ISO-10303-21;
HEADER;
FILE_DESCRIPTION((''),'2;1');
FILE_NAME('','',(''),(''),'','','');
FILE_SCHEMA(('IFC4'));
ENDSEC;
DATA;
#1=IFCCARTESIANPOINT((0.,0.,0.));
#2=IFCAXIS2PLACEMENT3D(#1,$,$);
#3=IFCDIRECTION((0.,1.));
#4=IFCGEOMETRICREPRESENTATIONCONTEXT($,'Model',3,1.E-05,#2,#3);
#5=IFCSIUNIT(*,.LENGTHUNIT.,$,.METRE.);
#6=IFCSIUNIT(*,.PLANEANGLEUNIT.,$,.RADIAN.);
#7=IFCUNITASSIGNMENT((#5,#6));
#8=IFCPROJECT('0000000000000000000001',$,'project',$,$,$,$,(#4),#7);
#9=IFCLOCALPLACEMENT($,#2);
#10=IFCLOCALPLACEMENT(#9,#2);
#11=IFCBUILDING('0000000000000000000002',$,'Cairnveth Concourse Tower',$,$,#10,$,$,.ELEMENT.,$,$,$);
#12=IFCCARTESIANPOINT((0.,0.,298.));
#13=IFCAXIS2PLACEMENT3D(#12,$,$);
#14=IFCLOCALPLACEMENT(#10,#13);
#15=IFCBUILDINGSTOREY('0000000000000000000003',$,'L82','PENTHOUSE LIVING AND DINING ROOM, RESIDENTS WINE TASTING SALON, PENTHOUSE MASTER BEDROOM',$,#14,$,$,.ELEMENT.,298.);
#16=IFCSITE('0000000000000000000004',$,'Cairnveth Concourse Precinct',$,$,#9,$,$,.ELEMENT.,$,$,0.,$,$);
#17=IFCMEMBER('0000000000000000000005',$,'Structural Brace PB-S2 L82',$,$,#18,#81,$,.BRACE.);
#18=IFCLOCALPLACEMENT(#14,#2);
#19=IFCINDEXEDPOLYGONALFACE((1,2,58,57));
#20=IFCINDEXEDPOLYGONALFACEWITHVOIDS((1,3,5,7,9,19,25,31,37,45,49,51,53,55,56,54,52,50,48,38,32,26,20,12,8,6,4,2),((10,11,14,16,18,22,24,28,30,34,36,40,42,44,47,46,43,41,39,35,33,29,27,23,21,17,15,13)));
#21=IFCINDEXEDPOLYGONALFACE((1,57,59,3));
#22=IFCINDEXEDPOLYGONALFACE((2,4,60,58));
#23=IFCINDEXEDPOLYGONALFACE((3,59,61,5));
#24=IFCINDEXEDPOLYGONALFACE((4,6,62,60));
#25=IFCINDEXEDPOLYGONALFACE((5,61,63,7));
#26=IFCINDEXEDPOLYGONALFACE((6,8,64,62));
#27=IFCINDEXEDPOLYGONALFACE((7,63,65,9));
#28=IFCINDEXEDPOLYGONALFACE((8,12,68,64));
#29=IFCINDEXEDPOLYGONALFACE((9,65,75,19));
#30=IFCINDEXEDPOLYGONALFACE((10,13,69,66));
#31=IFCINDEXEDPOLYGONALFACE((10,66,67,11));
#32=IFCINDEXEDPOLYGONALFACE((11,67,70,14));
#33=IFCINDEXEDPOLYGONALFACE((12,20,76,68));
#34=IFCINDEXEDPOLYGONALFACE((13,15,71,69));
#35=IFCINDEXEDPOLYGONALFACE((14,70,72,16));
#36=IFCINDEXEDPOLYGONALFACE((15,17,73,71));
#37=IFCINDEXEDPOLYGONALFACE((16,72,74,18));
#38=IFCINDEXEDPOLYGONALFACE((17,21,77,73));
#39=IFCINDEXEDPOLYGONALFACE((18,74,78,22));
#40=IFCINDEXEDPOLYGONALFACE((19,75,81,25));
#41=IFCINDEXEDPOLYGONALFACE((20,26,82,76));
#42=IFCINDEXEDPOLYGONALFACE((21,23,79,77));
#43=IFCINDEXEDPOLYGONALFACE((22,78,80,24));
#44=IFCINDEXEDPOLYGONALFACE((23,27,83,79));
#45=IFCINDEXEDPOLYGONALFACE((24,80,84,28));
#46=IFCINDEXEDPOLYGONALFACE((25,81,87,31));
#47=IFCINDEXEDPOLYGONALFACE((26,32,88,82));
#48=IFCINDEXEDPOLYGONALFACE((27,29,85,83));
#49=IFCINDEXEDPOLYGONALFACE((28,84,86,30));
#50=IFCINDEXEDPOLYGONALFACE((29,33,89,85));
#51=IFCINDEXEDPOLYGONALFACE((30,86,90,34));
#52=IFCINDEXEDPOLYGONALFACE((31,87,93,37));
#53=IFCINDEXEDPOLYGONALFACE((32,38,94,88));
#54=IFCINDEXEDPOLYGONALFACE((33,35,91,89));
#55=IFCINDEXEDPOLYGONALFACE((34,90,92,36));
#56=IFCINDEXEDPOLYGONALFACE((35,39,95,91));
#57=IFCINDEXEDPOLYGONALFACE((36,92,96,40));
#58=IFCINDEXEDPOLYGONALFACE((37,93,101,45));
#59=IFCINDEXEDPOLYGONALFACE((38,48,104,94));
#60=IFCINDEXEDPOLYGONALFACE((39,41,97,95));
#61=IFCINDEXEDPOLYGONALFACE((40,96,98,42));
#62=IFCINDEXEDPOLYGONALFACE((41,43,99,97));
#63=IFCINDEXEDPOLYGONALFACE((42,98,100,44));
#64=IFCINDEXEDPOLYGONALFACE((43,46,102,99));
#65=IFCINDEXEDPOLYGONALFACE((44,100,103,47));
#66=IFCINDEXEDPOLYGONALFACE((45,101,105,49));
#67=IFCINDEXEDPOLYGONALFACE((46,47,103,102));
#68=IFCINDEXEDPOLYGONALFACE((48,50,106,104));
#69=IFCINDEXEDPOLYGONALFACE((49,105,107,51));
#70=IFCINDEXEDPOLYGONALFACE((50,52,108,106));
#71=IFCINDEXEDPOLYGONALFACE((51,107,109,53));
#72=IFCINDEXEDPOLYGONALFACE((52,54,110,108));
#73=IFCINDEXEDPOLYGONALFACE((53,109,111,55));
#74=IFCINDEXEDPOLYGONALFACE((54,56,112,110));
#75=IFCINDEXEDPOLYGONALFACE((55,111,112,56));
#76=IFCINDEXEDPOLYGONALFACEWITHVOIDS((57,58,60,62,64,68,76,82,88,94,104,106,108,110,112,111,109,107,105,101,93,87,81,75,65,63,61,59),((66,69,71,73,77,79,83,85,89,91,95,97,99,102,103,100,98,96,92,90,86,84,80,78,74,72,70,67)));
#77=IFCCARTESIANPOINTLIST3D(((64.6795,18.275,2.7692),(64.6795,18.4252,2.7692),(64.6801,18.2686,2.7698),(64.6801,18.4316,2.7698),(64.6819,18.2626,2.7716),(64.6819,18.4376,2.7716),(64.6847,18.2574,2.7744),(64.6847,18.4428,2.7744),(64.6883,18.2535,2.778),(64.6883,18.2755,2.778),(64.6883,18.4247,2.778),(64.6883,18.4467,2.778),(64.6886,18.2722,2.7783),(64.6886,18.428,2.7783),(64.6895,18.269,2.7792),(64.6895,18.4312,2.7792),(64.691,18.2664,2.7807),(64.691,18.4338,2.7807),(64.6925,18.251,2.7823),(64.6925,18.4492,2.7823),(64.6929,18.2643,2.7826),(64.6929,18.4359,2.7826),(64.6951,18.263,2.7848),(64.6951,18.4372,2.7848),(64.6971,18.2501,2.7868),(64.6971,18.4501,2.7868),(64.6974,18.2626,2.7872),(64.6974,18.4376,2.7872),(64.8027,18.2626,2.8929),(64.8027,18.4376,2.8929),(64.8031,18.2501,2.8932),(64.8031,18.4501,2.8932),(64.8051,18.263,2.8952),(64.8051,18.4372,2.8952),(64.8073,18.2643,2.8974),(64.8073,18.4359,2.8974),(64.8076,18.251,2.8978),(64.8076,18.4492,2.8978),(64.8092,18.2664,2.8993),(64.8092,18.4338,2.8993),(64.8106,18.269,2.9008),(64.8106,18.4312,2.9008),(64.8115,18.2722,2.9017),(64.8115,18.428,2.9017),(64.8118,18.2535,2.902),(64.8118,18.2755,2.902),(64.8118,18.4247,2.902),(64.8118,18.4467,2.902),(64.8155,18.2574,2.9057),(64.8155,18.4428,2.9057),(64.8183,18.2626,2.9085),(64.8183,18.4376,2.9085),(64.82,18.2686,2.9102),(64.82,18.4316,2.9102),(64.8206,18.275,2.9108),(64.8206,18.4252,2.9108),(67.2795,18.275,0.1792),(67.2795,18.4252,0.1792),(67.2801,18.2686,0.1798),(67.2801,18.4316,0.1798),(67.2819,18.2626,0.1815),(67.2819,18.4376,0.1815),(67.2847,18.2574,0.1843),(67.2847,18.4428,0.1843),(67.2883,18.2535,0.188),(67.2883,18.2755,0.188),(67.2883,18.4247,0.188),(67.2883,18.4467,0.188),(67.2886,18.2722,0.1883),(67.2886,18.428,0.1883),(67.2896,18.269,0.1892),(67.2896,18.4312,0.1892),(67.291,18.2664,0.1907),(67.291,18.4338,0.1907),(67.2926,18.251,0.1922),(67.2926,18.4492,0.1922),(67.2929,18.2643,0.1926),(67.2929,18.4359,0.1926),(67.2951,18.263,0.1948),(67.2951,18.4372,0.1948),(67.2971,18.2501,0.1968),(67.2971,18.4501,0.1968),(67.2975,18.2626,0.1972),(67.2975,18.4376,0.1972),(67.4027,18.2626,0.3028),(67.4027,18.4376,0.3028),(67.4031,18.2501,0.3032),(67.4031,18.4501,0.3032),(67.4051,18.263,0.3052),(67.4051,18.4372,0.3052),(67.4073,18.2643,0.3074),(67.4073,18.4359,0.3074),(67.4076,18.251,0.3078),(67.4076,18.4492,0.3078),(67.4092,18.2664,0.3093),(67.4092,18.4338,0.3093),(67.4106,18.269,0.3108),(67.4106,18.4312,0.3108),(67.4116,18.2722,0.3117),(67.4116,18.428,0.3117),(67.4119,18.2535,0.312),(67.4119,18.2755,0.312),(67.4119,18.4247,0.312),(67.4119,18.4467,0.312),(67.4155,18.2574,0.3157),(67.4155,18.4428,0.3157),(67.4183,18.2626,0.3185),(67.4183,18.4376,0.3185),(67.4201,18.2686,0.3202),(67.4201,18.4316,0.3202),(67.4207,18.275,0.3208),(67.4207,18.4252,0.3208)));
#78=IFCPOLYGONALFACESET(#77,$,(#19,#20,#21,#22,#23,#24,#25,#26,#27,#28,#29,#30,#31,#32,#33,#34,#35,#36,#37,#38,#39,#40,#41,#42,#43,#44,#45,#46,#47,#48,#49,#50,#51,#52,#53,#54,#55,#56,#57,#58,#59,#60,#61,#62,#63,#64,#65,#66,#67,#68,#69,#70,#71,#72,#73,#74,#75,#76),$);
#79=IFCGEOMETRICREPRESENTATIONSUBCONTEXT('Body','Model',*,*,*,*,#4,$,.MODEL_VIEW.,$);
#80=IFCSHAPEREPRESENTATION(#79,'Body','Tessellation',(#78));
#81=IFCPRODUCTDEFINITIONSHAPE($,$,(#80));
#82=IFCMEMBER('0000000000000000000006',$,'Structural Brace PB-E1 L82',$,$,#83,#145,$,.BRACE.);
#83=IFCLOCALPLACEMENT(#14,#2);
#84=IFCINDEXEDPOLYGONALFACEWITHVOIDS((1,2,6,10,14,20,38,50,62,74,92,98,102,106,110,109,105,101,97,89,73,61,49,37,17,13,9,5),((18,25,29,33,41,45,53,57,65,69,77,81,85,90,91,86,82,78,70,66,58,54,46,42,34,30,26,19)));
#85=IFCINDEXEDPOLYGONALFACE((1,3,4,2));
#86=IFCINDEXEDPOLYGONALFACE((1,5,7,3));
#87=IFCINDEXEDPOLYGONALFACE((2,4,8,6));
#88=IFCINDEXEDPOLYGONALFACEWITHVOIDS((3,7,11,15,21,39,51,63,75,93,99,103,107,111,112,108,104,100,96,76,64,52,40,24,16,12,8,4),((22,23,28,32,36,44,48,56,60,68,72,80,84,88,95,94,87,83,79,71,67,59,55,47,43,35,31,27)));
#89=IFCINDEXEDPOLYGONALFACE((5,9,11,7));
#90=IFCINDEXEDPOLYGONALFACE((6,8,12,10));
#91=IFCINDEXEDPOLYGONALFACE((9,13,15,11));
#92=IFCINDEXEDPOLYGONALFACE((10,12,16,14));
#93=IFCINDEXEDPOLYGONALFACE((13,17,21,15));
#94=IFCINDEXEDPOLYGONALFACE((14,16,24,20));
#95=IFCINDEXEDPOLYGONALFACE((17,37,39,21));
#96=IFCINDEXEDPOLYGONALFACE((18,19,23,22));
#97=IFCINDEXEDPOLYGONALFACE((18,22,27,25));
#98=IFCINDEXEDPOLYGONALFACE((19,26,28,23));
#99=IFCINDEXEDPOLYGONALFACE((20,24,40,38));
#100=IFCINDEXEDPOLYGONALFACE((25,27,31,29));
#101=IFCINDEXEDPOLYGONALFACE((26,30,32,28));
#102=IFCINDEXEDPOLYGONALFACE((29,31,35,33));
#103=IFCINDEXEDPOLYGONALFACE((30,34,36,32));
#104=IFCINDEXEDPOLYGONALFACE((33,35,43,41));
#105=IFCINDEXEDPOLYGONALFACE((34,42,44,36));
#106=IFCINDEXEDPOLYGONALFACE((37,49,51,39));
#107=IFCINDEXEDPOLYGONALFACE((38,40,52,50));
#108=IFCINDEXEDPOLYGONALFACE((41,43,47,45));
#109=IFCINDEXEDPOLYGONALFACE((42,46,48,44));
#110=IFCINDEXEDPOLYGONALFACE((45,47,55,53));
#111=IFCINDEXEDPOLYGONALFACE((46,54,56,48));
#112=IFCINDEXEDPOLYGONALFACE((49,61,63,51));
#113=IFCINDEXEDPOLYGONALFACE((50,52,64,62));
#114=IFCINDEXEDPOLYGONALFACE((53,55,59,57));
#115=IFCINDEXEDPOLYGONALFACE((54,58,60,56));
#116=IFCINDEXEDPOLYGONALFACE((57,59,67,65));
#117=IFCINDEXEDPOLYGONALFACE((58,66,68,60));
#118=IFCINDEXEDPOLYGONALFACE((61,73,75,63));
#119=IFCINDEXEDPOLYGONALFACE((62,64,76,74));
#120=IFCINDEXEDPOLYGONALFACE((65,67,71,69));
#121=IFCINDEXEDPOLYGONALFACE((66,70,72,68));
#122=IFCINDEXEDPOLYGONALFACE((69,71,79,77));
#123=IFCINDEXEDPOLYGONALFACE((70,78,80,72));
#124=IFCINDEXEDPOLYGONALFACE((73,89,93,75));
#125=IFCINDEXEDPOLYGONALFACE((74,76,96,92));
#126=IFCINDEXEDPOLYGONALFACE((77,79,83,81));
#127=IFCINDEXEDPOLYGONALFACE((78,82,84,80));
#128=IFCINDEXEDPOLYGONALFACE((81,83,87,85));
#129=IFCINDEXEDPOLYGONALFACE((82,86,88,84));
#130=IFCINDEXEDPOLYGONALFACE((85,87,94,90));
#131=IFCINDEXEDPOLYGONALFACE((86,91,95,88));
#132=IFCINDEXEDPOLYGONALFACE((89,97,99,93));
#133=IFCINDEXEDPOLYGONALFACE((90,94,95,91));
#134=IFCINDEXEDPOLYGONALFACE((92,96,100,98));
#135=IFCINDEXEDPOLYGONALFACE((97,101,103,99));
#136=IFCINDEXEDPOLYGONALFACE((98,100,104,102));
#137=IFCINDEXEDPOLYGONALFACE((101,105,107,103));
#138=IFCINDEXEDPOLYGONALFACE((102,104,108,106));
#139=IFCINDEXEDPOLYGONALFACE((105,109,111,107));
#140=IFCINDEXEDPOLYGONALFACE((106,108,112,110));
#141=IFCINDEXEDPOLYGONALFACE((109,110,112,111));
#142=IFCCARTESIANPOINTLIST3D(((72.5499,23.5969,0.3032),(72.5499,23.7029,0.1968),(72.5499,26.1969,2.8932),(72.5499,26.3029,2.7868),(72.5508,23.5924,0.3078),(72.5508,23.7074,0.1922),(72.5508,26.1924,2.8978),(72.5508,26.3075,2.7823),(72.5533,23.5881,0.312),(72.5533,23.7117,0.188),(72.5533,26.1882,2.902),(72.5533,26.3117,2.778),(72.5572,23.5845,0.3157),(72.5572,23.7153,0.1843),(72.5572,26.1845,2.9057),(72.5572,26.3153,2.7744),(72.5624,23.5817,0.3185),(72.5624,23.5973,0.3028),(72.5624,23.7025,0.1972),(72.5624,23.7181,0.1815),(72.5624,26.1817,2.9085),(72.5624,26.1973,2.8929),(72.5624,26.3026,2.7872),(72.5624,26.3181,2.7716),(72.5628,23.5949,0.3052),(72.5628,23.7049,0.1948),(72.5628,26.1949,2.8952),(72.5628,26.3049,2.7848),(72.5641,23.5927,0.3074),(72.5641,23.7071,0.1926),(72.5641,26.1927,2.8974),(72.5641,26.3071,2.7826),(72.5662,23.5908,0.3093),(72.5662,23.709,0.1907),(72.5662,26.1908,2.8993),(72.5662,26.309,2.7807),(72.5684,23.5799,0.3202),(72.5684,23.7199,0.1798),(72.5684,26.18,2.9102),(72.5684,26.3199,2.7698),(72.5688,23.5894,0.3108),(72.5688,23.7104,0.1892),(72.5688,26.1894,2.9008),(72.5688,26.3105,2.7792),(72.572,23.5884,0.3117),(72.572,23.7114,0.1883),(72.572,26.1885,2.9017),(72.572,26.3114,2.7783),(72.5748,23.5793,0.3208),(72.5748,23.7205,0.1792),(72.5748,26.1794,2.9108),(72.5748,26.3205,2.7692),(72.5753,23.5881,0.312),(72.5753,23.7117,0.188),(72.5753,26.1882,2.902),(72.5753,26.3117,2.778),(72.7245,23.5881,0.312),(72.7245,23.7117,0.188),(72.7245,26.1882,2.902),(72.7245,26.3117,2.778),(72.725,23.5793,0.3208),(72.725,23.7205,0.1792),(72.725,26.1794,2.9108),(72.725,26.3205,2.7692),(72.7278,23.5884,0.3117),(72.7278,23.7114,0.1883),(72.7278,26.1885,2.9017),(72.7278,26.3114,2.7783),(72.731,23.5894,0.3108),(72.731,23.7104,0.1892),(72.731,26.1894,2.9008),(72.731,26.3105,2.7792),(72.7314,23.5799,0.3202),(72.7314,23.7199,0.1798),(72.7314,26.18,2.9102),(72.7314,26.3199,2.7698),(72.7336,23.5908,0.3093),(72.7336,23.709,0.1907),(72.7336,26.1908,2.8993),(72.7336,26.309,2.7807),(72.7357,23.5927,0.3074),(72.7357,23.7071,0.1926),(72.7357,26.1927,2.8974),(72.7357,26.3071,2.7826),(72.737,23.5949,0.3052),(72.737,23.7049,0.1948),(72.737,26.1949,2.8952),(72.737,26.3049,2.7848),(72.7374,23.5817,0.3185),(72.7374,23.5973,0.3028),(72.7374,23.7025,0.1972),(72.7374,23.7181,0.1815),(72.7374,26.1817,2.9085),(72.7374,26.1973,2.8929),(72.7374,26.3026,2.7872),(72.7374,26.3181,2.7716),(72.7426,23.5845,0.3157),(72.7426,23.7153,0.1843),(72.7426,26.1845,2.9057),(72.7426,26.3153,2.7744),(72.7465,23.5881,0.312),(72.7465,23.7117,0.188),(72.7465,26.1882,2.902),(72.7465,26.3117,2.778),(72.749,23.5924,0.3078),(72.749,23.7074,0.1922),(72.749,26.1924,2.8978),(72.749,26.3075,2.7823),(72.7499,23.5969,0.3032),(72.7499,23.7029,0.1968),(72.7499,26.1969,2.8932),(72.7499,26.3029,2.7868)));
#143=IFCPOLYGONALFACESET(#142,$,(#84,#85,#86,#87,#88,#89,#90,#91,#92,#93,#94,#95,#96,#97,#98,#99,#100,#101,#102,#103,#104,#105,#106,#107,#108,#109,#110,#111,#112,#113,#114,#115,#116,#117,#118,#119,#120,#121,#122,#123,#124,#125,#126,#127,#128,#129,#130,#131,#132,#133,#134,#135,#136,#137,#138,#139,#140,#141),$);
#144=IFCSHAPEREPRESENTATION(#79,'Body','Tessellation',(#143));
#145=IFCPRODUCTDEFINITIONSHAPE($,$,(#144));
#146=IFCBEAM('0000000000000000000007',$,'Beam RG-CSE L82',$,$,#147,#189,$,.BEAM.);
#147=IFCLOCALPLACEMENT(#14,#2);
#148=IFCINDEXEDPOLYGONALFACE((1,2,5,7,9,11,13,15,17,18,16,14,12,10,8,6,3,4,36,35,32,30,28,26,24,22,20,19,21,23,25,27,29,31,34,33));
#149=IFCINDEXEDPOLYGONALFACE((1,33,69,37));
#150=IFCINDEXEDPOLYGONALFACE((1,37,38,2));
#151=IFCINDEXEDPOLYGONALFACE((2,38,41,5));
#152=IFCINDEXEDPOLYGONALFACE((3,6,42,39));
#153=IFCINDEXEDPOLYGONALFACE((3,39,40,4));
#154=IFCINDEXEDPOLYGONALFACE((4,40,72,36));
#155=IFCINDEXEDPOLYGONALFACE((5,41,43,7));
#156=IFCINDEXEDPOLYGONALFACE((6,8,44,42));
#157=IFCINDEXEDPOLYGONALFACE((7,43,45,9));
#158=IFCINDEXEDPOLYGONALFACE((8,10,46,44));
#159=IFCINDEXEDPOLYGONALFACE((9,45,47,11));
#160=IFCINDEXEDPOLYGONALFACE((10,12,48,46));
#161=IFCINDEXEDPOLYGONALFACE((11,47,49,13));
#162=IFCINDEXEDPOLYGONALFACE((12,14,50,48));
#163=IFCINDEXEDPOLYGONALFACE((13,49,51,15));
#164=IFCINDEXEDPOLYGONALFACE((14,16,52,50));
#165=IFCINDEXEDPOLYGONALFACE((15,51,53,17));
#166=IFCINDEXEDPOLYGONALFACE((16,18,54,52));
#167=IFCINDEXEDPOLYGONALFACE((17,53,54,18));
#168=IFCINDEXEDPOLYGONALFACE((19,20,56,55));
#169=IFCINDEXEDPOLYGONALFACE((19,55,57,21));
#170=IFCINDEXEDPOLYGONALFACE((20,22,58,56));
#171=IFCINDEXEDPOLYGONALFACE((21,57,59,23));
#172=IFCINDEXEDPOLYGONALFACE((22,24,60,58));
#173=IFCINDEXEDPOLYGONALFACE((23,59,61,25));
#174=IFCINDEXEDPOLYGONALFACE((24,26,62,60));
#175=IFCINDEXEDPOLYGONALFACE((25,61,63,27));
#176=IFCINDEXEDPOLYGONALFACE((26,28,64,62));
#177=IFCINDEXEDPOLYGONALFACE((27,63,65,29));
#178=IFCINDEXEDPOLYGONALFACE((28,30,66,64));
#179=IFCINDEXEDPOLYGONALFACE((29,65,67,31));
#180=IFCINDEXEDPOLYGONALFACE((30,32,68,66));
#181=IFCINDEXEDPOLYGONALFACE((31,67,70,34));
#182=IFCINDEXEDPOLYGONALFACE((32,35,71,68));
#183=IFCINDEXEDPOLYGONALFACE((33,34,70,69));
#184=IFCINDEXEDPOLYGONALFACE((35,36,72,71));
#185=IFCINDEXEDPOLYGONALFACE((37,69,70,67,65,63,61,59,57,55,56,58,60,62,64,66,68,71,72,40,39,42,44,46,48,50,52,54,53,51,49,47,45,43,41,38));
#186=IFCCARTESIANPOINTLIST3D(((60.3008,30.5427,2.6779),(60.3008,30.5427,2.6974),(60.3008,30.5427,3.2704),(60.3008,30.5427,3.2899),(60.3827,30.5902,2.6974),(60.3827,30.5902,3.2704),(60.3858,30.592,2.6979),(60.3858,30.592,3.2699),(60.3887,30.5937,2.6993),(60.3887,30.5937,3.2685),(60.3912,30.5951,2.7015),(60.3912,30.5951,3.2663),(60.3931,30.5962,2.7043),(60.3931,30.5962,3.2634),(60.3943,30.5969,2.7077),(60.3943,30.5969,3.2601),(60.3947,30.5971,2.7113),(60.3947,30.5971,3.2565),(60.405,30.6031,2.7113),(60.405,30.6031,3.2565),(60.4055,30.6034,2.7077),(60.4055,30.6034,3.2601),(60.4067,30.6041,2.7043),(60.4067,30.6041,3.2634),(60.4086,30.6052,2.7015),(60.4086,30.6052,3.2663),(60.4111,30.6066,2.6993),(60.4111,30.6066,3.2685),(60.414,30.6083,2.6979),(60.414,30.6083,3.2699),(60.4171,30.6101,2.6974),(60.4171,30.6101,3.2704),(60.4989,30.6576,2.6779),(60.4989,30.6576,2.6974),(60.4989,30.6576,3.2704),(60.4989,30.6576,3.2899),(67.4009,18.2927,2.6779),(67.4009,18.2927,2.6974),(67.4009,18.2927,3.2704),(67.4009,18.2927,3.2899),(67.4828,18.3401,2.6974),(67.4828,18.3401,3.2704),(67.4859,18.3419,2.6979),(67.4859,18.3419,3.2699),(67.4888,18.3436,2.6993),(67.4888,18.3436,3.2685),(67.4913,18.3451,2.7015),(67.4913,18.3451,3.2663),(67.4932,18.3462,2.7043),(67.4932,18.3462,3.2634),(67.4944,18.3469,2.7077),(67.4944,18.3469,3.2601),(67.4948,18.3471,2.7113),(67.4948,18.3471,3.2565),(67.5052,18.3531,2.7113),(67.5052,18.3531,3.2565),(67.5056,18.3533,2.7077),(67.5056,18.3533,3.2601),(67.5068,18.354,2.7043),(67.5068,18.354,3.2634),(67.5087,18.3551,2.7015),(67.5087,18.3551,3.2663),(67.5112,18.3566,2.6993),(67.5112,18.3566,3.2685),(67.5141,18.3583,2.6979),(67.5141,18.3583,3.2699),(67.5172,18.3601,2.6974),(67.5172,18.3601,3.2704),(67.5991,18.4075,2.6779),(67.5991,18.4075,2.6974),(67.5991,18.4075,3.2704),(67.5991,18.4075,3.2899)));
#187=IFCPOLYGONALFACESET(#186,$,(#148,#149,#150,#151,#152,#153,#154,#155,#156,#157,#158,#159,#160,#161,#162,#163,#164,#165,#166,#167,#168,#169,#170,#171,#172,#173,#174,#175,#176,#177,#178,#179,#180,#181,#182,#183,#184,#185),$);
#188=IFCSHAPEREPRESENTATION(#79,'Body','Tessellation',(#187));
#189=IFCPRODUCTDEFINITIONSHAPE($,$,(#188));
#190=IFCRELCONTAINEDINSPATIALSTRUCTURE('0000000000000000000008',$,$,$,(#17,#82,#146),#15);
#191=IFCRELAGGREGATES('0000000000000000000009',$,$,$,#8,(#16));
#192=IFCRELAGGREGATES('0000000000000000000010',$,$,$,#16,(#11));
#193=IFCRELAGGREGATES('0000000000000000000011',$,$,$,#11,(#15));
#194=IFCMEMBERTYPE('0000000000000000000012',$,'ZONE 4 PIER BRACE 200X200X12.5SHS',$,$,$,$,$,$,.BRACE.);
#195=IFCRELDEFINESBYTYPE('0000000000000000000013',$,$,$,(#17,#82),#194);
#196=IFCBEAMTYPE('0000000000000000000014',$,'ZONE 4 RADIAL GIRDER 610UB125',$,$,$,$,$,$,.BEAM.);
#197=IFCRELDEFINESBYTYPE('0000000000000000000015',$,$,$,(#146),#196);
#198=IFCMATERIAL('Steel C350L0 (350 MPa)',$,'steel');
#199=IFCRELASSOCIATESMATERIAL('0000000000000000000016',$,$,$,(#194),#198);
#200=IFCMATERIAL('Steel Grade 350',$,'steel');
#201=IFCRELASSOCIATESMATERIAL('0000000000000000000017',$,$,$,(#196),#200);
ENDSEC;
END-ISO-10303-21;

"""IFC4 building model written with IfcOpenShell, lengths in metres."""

from ifc_helpers import new_model, si_unit, direction, frame, origin, origin_2d, place, context, subcontext, project, spatial, hollow_rectangle, i_section, extrude, material, material_profile, profile_set, type_object, element, save


model = new_model("IFC4")

# Units and contexts
model_context = context("Model", 3, precision=1e-05, world=origin(), true_north=direction((0.0, 1.0)))
body_context = subcontext(model_context, "Body", "Model", "MODEL_VIEW")
ifc_project = project(units=[si_unit("LENGTHUNIT", "METRE"), si_unit("PLANEANGLEUNIT", "RADIAN")], contexts=[model_context])

# Site, building, storey
site_placement = place(None, origin())
site = spatial("IfcSite", under=ifc_project, at=site_placement, Name="Cairnveth Concourse Precinct", CompositionType="ELEMENT", RefElevation=0.0)
building_placement = place(site_placement, origin())
building = spatial("IfcBuilding", under=site, at=building_placement, Name="Cairnveth Concourse Tower", CompositionType="ELEMENT")
storey_placement = place(building_placement, frame((0.0, 0.0, 298.0)))
storey = spatial("IfcBuildingStorey", under=building, at=storey_placement, Name="L82", Description="PENTHOUSE LIVING AND DINING ROOM, RESIDENTS WINE TASTING SALON, PENTHOUSE MASTER BEDROOM", CompositionType="ELEMENT", Elevation=298.0)

# Shared definitions
ifc_material_1 = material(Name="Steel Grade 350", Category="steel")

# Members
ifc_material_2 = material(Name="Steel C350L0 (350 MPa)", Category="steel")
ifc_material_profile_1 = material_profile(ifc_material_2, hollow_rectangle(XDim=0.2, YDim=0.2, WallThickness=0.0125, InnerFilletRadius=0.0129, OuterFilletRadius=0.0249, at=origin_2d()), Name="200x200x12.5SHS")
ifc_profile_set_1 = profile_set([ifc_material_profile_1], Name="Steel C350L0 (350 MPa)")
member_type = type_object("IfcMemberType", Name="ZONE 4 PIER BRACE 200X200X12.5SHS", PredefinedType="BRACE", material=ifc_profile_set_1)
for number, where, z_axis, x_axis, name in (
    (1, (67.3501, 18.3501, 0.25), (-0.708469, 0.0, 0.705742), (0.0, -1.0, 0.0), "Structural Brace PB-S2 L82"),
    (2, (72.6499, 23.6499, 0.25), (0.0, 0.708469, 0.705742), (-1.0, 0.0, 0.0), "Structural Brace PB-E1 L82"),
):
    element("IfcMember", number, at=place(storey_placement, frame(where, z_axis=z_axis, x_axis=x_axis)), inside=storey, type_object=member_type, Name=name, PredefinedType="BRACE", context=body_context, shape_type="SweptSolid", body=[
        extrude(hollow_rectangle(XDim=0.2, YDim=0.2, WallThickness=0.0125, InnerFilletRadius=0.0129, OuterFilletRadius=0.0249, at=origin_2d()), origin(), (0.0, 0.0, 1.0), 3.6699),
    ])

# Beam
ifc_material_profile_2 = material_profile(ifc_material_1, i_section(OverallWidth=0.229, OverallDepth=0.6121, WebThickness=0.012, FlangeThickness=0.0195, FilletRadius=0.0139, at=origin_2d()), Name="610UB125")
ifc_profile_set_2 = profile_set([ifc_material_profile_2], Name="Steel Grade 350")
beam_type_1 = type_object("IfcBeamType", Name="ZONE 4 RADIAL GIRDER 610UB125", PredefinedType="BEAM", material=ifc_profile_set_2)
beam_1_placement = place(storey_placement, frame((67.5, 18.3501, 2.9839), z_axis=(-0.501459, 0.865181, 0.0), x_axis=(-0.865181, -0.501459, 0.0)))
element("IfcBeam", 3, at=beam_1_placement, inside=storey, type_object=beam_type_1, Name="Beam RG-CSE L82", PredefinedType="BEAM", context=body_context, shape_type="SweptSolid", body=[
    extrude(i_section(OverallWidth=0.229, OverallDepth=0.6121, WebThickness=0.012, FlangeThickness=0.0195, FilletRadius=0.0139, at=origin_2d()), origin(), (0.0, 0.0, 1.0), 14.1589),
])

save(model, "model.ifc")
